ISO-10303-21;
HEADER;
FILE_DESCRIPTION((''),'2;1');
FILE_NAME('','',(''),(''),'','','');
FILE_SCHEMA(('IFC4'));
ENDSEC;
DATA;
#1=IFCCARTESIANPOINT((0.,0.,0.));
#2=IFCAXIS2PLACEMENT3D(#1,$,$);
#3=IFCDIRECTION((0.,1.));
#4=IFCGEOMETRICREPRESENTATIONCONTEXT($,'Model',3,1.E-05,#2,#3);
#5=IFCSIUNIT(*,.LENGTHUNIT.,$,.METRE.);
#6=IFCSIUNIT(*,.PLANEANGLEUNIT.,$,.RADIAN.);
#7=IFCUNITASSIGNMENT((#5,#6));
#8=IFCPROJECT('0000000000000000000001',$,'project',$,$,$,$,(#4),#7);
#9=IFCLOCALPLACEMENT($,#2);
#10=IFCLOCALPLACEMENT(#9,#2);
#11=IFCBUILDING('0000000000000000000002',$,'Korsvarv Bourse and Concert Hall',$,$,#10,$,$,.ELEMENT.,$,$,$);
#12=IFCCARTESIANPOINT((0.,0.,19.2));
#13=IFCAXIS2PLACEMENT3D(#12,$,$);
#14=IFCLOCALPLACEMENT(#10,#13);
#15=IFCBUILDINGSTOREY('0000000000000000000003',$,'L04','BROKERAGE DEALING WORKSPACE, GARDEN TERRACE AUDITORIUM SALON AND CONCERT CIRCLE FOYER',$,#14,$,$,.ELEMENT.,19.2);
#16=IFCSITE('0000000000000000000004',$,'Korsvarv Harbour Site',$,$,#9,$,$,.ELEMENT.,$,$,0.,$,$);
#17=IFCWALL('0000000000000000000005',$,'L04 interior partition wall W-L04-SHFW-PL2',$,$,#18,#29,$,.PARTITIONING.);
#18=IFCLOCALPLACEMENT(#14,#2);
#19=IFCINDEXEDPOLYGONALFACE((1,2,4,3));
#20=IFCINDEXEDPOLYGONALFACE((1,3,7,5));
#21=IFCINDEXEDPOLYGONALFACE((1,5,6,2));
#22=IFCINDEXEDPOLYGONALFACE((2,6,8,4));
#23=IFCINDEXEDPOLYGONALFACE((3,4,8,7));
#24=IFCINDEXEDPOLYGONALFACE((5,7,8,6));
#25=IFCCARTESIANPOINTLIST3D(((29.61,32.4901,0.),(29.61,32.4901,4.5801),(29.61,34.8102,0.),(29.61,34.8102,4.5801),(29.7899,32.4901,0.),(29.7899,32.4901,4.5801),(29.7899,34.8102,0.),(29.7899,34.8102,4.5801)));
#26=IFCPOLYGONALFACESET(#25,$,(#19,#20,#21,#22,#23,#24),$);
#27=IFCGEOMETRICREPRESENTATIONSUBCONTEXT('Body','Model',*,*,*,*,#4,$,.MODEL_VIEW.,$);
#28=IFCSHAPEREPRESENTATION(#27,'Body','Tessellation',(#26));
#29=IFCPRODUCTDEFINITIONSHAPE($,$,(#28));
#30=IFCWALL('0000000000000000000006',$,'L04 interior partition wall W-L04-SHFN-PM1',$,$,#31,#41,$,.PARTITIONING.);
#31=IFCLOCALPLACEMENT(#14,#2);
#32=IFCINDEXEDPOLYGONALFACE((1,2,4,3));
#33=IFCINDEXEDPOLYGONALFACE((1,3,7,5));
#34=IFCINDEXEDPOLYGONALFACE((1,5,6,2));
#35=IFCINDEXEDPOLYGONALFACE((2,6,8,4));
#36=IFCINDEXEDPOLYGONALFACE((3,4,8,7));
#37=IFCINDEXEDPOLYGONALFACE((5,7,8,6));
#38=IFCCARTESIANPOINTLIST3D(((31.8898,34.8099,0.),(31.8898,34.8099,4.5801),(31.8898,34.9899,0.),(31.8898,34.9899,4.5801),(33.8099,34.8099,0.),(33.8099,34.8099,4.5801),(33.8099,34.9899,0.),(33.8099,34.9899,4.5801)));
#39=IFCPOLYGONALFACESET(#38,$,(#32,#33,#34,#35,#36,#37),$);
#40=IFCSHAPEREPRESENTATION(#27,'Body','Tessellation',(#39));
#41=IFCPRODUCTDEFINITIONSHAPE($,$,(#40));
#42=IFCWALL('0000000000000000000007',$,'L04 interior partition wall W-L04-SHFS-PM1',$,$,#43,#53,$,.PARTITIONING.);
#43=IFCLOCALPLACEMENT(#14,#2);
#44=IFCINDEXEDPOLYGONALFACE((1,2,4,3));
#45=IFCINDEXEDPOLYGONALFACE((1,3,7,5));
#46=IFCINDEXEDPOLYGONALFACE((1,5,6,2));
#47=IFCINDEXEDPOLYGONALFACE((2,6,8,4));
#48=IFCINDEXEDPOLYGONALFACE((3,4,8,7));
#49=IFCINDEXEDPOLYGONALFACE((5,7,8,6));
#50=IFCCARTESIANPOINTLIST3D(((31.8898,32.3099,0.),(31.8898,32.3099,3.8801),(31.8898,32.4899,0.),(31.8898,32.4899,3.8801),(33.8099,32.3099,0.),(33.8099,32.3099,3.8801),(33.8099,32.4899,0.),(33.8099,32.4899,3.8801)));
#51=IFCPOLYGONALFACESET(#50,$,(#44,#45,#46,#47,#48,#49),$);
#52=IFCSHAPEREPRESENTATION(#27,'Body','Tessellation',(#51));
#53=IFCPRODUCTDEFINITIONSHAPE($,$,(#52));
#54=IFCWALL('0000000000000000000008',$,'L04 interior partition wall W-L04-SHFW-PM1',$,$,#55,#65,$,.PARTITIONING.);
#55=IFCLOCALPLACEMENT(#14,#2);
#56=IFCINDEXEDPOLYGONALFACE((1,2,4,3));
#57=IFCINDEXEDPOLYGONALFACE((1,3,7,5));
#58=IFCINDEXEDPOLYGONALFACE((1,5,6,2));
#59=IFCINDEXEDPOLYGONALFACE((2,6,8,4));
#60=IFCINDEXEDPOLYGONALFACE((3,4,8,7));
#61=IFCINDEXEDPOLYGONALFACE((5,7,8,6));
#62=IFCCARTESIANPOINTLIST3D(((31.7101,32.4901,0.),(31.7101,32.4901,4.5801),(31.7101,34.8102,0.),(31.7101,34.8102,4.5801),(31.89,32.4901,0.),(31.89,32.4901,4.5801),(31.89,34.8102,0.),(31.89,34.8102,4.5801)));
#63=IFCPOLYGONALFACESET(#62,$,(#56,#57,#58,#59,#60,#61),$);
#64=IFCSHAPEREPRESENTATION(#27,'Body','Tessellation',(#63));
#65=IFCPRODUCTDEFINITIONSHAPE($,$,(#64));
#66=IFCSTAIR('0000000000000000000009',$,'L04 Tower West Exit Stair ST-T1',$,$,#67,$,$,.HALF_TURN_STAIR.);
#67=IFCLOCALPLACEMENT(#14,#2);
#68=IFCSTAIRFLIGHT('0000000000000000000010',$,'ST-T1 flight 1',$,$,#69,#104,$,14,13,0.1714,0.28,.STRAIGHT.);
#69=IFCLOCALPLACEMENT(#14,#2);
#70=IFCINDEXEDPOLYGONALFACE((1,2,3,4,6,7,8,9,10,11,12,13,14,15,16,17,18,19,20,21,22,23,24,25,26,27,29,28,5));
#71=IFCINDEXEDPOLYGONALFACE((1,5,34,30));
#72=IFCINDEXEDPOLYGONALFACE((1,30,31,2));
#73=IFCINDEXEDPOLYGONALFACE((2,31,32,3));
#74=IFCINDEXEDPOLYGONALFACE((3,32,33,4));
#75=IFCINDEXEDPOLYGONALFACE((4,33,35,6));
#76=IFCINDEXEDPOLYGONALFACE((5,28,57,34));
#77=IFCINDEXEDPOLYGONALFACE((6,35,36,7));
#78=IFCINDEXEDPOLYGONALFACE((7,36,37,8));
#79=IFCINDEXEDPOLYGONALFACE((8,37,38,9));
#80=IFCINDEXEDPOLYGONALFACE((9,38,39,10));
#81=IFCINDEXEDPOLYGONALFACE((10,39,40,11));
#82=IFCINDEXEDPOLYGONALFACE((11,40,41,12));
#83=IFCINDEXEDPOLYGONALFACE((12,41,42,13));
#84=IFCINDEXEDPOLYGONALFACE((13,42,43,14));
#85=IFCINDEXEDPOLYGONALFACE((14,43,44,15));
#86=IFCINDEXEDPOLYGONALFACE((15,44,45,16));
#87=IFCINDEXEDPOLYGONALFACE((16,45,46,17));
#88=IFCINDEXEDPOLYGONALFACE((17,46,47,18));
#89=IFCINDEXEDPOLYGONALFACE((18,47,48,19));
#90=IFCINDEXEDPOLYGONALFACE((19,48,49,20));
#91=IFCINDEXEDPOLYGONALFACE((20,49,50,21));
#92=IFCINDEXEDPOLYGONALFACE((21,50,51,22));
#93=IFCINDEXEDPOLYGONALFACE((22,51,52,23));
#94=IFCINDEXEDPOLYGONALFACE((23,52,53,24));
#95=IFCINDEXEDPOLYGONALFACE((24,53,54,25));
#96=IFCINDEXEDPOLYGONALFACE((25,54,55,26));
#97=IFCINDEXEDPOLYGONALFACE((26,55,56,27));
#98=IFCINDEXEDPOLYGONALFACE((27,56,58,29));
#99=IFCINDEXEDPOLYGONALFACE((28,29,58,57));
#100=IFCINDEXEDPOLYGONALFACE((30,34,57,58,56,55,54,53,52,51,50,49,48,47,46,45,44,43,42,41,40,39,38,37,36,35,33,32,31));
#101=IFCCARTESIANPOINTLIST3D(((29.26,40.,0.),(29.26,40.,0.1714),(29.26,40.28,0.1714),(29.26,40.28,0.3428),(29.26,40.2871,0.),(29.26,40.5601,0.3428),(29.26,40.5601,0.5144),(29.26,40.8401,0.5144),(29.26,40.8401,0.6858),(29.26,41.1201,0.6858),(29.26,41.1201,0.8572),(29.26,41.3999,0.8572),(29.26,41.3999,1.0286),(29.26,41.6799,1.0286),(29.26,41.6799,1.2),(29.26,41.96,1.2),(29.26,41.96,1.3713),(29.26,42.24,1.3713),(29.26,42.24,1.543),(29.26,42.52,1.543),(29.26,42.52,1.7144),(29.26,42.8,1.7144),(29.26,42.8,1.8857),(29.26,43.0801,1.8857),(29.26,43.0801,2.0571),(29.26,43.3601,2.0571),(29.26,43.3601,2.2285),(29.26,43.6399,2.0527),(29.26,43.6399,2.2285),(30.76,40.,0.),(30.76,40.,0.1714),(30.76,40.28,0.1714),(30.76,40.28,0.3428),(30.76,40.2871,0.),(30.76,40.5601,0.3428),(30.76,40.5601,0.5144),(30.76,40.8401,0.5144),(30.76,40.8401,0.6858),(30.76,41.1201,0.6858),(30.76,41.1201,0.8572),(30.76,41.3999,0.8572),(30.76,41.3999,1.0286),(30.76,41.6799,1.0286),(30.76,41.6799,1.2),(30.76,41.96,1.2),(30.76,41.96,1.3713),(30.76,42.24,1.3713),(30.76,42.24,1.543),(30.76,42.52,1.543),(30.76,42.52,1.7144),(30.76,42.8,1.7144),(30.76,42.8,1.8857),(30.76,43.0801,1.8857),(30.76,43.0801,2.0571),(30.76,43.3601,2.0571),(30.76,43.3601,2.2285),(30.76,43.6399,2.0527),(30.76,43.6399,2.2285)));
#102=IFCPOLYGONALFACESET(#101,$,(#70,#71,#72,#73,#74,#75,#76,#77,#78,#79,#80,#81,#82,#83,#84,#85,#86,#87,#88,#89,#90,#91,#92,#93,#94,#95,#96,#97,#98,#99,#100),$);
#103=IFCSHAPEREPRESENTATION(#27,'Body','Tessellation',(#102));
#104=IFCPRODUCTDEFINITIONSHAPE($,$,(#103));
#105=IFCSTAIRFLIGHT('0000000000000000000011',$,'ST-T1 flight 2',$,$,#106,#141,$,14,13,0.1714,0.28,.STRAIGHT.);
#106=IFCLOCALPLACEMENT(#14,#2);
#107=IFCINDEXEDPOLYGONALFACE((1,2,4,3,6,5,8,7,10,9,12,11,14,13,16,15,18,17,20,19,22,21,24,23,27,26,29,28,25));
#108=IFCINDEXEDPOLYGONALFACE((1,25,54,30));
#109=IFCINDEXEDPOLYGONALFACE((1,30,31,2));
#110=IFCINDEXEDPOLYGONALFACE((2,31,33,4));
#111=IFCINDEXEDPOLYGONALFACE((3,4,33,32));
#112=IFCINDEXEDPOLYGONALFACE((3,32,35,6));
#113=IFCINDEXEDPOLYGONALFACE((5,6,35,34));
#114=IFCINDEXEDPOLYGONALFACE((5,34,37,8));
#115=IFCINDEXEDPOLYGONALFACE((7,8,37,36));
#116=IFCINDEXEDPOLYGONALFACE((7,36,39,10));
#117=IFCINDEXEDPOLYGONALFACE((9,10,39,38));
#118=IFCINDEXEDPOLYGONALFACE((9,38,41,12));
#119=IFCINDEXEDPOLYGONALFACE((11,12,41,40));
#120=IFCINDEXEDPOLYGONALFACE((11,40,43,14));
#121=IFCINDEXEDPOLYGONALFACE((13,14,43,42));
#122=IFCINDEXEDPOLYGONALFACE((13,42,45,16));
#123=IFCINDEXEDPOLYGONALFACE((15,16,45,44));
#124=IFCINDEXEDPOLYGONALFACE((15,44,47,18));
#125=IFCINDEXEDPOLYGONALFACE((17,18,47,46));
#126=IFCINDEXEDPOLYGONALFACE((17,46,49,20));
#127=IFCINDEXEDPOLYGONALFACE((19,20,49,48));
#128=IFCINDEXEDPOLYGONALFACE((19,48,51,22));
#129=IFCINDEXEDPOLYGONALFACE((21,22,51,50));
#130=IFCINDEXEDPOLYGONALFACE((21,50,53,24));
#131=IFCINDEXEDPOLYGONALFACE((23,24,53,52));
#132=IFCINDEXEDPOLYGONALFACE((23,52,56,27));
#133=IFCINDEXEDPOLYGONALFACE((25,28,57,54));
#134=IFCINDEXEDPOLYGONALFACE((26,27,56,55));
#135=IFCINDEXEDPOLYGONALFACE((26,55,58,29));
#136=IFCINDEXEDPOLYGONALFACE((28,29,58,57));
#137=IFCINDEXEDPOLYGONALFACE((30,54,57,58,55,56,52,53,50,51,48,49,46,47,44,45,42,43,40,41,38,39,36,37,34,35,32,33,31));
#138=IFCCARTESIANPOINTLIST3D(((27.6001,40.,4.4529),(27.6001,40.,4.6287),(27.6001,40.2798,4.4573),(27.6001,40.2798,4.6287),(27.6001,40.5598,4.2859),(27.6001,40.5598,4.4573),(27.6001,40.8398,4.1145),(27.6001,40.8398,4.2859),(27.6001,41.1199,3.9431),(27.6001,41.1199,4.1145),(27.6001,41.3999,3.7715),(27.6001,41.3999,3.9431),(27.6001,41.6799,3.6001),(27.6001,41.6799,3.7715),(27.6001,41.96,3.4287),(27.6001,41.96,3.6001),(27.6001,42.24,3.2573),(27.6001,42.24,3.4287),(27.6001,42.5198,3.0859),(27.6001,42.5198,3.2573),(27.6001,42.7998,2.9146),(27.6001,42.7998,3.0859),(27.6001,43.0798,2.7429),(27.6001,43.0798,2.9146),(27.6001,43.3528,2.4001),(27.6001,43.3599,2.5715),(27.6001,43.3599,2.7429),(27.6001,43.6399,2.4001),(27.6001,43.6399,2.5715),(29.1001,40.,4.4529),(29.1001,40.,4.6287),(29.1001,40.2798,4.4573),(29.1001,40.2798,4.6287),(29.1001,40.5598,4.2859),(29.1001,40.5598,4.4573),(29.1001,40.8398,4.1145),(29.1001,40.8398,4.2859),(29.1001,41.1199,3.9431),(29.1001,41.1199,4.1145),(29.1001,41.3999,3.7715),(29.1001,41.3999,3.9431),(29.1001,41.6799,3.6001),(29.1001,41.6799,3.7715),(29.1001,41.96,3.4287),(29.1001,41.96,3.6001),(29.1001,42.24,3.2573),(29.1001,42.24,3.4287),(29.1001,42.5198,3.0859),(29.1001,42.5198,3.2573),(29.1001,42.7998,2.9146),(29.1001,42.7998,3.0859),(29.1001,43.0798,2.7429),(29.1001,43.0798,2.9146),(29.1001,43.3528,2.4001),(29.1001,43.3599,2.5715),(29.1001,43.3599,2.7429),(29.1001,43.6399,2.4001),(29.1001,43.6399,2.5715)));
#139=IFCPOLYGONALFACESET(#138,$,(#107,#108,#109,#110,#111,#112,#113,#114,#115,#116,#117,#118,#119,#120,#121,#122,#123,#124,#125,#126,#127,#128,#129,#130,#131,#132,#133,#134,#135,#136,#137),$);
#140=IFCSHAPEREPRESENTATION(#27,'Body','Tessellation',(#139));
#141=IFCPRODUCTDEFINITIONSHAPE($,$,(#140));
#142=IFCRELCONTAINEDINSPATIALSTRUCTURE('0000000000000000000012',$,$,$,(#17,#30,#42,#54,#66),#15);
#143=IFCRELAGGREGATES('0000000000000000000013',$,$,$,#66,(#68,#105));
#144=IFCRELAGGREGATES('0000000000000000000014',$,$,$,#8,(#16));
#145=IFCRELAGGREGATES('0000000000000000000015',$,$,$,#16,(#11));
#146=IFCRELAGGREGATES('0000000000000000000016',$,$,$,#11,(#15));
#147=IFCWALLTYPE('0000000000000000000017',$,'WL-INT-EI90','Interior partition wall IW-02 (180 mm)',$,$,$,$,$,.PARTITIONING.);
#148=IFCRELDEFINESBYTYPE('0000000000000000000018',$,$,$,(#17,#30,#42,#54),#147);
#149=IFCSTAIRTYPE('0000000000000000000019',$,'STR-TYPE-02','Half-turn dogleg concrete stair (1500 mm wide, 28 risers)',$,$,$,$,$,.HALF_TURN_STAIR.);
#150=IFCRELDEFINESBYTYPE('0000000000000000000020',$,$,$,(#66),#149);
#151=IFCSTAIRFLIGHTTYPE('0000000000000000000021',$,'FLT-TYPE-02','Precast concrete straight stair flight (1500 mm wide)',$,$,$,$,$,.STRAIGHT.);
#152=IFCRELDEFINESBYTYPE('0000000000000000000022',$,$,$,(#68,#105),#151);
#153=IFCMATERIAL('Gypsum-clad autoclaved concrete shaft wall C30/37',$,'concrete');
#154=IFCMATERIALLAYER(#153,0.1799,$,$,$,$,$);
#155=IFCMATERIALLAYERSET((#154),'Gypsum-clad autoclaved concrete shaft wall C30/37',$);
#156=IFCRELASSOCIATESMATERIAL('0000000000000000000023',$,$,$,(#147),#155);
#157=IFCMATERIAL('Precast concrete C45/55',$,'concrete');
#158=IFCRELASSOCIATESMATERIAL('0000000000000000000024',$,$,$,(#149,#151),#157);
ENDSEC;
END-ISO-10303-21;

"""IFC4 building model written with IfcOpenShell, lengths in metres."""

from ifc_helpers import new_model, si_unit, direction, frame, frame_2d, origin, place, context, subcontext, project, spatial, polyline, rectangle, outline, extrude, material, layer, layer_set, type_object, element, aggregate, save


model = new_model("IFC4")

# Units and contexts
model_context = context("Model", 3, precision=1e-05, world=origin(), true_north=direction((0.0, 1.0)))
body_context = subcontext(model_context, "Body", "Model", "MODEL_VIEW")
ifc_project = project(units=[si_unit("LENGTHUNIT", "METRE"), si_unit("PLANEANGLEUNIT", "RADIAN")], contexts=[model_context])

# Site, building, storey
site_placement = place(None, origin())
site = spatial("IfcSite", under=ifc_project, at=site_placement, Name="Korsvarv Harbour Site", CompositionType="ELEMENT", RefElevation=0.0)
building_placement = place(site_placement, origin())
building = spatial("IfcBuilding", under=site, at=building_placement, Name="Korsvarv Bourse and Concert Hall", CompositionType="ELEMENT")
storey_placement = place(building_placement, frame((0.0, 0.0, 19.2)))
storey = spatial("IfcBuildingStorey", under=building, at=storey_placement, Name="L04", Description="BROKERAGE DEALING WORKSPACE, GARDEN TERRACE AUDITORIUM SALON AND CONCERT CIRCLE FOYER", CompositionType="ELEMENT", Elevation=19.2)

# Shared definitions
ifc_material_1 = material(Name="Gypsum-clad autoclaved concrete shaft wall C30/37", Category="concrete")
ifc_layer_1 = layer(ifc_material_1, 0.1799)
ifc_layer_set_1 = layer_set([ifc_layer_1], Name="Gypsum-clad autoclaved concrete shaft wall C30/37")
wall_type_1 = type_object("IfcWallType", Name="WL-INT-EI90", Description="Interior partition wall IW-02 (180 mm)", PredefinedType="PARTITIONING", material=ifc_layer_set_1)

# Walls
wall_1_placement = place(storey_placement, frame((29.7, 32.49, 0.0), z_axis=(0.0, 0.0, 1.0), x_axis=(0.0, 1.0, 0.0)))
element("IfcWall", 1, at=wall_1_placement, inside=storey, type_object=wall_type_1, Name="L04 interior partition wall W-L04-SHFW-PL2", PredefinedType="PARTITIONING", context=body_context, shape_type="SweptSolid", body=[
    extrude(rectangle(XDim=2.3201, YDim=0.1799, at=frame_2d((1.1602, 0.0))), origin(), (0.0, 0.0, 1.0), 4.5801),
])
wall_2_placement = place(storey_placement, frame((31.8899, 34.8999, 0.0), z_axis=(0.0, 0.0, 1.0), x_axis=(1.0, 0.0, 0.0)))
element("IfcWall", 2, at=wall_2_placement, inside=storey, type_object=wall_type_1, Name="L04 interior partition wall W-L04-SHFN-PM1", PredefinedType="PARTITIONING", context=body_context, shape_type="SweptSolid", body=[
    extrude(rectangle(XDim=1.9202, YDim=0.1799, at=frame_2d((0.96, 0.0))), origin(), (0.0, 0.0, 1.0), 4.5801),
])
wall_3_placement = place(storey_placement, frame((31.8899, 32.3999, 0.0), z_axis=(0.0, 0.0, 1.0), x_axis=(1.0, 0.0, 0.0)))
element("IfcWall", 3, at=wall_3_placement, inside=storey, type_object=wall_type_1, Name="L04 interior partition wall W-L04-SHFS-PM1", PredefinedType="PARTITIONING", context=body_context, shape_type="SweptSolid", body=[
    extrude(rectangle(XDim=1.9202, YDim=0.1799, at=frame_2d((0.96, 0.0))), origin(), (0.0, 0.0, 1.0), 3.8801),
])
wall_4_placement = place(storey_placement, frame((31.8, 32.49, 0.0), z_axis=(0.0, 0.0, 1.0), x_axis=(0.0, 1.0, 0.0)))
element("IfcWall", 4, at=wall_4_placement, inside=storey, type_object=wall_type_1, Name="L04 interior partition wall W-L04-SHFW-PM1", PredefinedType="PARTITIONING", context=body_context, shape_type="SweptSolid", body=[
    extrude(rectangle(XDim=2.3201, YDim=0.1799, at=frame_2d((1.1602, 0.0))), origin(), (0.0, 0.0, 1.0), 4.5801),
])

# Stair, stair flights
ifc_material_2 = material(Name="Precast concrete C45/55", Category="concrete")
stair_type = type_object("IfcStairType", Name="STR-TYPE-02", Description="Half-turn dogleg concrete stair (1500 mm wide, 28 risers)", PredefinedType="HALF_TURN_STAIR", material=ifc_material_2)
stair_placement = place(storey_placement, origin())
stair = element("IfcStair", 5, at=stair_placement, inside=storey, type_object=stair_type, Name="L04 Tower West Exit Stair ST-T1", PredefinedType="HALF_TURN_STAIR")
stair_flight_type = type_object("IfcStairFlightType", Name="FLT-TYPE-02", Description="Precast concrete straight stair flight (1500 mm wide)", PredefinedType="STRAIGHT", material=ifc_material_2)
stair_flight_1_placement = place(storey_placement, frame((30.01, 40.0, 0.0), z_axis=(0.0, 0.0, 1.0), x_axis=(0.0, 1.0, 0.0)))
stair_flight_1 = element("IfcStairFlight", 6, at=stair_flight_1_placement, type_object=stair_flight_type, Name="ST-T1 flight 1", NumberOfRisers=14, NumberOfTreads=13, PredefinedType="STRAIGHT", RiserHeight=0.1714, TreadLength=0.28, context=body_context, shape_type="SweptSolid", body=[
    extrude(outline(polyline([(0.0, 0.0), (0.0, 0.1714), (0.28, 0.1714), (0.28, 0.3428), (0.5601, 0.3428), (0.5601, 0.5144), (0.8401, 0.5144), (0.8401, 0.6858), (1.1201, 0.6858), (1.1201, 0.8572), (1.3999, 0.8572), (1.3999, 1.0286), (1.6799, 1.0286), (1.6799, 1.2), (1.96, 1.2), (1.96, 1.3713), (2.24, 1.3713), (2.24, 1.543), (2.52, 1.543), (2.52, 1.7144), (2.8, 1.7144), (2.8, 1.8857), (3.0801, 1.8857), (3.0801, 2.0571), (3.3601, 2.0571), (3.3601, 2.2285), (3.6399, 2.2285), (3.6399, 2.3999), (3.6399, 2.0527), (0.2871, 0.0), (0.0, 0.0)])), frame((0.0, 0.75, 0.0), z_axis=(0.0, -1.0, 0.0), x_axis=(1.0, 0.0, 0.0)), (0.0, 0.0, 1.0), 1.5),
])
stair_flight_2_placement = place(storey_placement, frame((28.3501, 43.6399, 2.4001), z_axis=(0.0, 0.0, 1.0), x_axis=(0.0, -1.0, 0.0)))
stair_flight_2 = element("IfcStairFlight", 7, at=stair_flight_2_placement, type_object=stair_flight_type, Name="ST-T1 flight 2", NumberOfRisers=14, NumberOfTreads=13, PredefinedType="STRAIGHT", RiserHeight=0.1714, TreadLength=0.28, context=body_context, shape_type="SweptSolid", body=[
    extrude(outline(polyline([(0.0, 0.0), (0.0, 0.1714), (0.28, 0.1714), (0.28, 0.3428), (0.5601, 0.3428), (0.5601, 0.5144), (0.8401, 0.5144), (0.8401, 0.6858), (1.1201, 0.6858), (1.1201, 0.8572), (1.3999, 0.8572), (1.3999, 1.0286), (1.6799, 1.0286), (1.6799, 1.2), (1.96, 1.2), (1.96, 1.3713), (2.24, 1.3713), (2.24, 1.543), (2.52, 1.543), (2.52, 1.7144), (2.8, 1.7144), (2.8, 1.8857), (3.0801, 1.8857), (3.0801, 2.0571), (3.3601, 2.0571), (3.3601, 2.2285), (3.6399, 2.2285), (3.6399, 2.3999), (3.6399, 2.0527), (0.2871, 0.0), (0.0, 0.0)])), frame((0.0, 0.75, 0.0), z_axis=(0.0, -1.0, 0.0), x_axis=(1.0, 0.0, 0.0)), (0.0, 0.0, 1.0), 1.5),
])
aggregate(stair, [stair_flight_1, stair_flight_2])

save(model, "model.ifc")
